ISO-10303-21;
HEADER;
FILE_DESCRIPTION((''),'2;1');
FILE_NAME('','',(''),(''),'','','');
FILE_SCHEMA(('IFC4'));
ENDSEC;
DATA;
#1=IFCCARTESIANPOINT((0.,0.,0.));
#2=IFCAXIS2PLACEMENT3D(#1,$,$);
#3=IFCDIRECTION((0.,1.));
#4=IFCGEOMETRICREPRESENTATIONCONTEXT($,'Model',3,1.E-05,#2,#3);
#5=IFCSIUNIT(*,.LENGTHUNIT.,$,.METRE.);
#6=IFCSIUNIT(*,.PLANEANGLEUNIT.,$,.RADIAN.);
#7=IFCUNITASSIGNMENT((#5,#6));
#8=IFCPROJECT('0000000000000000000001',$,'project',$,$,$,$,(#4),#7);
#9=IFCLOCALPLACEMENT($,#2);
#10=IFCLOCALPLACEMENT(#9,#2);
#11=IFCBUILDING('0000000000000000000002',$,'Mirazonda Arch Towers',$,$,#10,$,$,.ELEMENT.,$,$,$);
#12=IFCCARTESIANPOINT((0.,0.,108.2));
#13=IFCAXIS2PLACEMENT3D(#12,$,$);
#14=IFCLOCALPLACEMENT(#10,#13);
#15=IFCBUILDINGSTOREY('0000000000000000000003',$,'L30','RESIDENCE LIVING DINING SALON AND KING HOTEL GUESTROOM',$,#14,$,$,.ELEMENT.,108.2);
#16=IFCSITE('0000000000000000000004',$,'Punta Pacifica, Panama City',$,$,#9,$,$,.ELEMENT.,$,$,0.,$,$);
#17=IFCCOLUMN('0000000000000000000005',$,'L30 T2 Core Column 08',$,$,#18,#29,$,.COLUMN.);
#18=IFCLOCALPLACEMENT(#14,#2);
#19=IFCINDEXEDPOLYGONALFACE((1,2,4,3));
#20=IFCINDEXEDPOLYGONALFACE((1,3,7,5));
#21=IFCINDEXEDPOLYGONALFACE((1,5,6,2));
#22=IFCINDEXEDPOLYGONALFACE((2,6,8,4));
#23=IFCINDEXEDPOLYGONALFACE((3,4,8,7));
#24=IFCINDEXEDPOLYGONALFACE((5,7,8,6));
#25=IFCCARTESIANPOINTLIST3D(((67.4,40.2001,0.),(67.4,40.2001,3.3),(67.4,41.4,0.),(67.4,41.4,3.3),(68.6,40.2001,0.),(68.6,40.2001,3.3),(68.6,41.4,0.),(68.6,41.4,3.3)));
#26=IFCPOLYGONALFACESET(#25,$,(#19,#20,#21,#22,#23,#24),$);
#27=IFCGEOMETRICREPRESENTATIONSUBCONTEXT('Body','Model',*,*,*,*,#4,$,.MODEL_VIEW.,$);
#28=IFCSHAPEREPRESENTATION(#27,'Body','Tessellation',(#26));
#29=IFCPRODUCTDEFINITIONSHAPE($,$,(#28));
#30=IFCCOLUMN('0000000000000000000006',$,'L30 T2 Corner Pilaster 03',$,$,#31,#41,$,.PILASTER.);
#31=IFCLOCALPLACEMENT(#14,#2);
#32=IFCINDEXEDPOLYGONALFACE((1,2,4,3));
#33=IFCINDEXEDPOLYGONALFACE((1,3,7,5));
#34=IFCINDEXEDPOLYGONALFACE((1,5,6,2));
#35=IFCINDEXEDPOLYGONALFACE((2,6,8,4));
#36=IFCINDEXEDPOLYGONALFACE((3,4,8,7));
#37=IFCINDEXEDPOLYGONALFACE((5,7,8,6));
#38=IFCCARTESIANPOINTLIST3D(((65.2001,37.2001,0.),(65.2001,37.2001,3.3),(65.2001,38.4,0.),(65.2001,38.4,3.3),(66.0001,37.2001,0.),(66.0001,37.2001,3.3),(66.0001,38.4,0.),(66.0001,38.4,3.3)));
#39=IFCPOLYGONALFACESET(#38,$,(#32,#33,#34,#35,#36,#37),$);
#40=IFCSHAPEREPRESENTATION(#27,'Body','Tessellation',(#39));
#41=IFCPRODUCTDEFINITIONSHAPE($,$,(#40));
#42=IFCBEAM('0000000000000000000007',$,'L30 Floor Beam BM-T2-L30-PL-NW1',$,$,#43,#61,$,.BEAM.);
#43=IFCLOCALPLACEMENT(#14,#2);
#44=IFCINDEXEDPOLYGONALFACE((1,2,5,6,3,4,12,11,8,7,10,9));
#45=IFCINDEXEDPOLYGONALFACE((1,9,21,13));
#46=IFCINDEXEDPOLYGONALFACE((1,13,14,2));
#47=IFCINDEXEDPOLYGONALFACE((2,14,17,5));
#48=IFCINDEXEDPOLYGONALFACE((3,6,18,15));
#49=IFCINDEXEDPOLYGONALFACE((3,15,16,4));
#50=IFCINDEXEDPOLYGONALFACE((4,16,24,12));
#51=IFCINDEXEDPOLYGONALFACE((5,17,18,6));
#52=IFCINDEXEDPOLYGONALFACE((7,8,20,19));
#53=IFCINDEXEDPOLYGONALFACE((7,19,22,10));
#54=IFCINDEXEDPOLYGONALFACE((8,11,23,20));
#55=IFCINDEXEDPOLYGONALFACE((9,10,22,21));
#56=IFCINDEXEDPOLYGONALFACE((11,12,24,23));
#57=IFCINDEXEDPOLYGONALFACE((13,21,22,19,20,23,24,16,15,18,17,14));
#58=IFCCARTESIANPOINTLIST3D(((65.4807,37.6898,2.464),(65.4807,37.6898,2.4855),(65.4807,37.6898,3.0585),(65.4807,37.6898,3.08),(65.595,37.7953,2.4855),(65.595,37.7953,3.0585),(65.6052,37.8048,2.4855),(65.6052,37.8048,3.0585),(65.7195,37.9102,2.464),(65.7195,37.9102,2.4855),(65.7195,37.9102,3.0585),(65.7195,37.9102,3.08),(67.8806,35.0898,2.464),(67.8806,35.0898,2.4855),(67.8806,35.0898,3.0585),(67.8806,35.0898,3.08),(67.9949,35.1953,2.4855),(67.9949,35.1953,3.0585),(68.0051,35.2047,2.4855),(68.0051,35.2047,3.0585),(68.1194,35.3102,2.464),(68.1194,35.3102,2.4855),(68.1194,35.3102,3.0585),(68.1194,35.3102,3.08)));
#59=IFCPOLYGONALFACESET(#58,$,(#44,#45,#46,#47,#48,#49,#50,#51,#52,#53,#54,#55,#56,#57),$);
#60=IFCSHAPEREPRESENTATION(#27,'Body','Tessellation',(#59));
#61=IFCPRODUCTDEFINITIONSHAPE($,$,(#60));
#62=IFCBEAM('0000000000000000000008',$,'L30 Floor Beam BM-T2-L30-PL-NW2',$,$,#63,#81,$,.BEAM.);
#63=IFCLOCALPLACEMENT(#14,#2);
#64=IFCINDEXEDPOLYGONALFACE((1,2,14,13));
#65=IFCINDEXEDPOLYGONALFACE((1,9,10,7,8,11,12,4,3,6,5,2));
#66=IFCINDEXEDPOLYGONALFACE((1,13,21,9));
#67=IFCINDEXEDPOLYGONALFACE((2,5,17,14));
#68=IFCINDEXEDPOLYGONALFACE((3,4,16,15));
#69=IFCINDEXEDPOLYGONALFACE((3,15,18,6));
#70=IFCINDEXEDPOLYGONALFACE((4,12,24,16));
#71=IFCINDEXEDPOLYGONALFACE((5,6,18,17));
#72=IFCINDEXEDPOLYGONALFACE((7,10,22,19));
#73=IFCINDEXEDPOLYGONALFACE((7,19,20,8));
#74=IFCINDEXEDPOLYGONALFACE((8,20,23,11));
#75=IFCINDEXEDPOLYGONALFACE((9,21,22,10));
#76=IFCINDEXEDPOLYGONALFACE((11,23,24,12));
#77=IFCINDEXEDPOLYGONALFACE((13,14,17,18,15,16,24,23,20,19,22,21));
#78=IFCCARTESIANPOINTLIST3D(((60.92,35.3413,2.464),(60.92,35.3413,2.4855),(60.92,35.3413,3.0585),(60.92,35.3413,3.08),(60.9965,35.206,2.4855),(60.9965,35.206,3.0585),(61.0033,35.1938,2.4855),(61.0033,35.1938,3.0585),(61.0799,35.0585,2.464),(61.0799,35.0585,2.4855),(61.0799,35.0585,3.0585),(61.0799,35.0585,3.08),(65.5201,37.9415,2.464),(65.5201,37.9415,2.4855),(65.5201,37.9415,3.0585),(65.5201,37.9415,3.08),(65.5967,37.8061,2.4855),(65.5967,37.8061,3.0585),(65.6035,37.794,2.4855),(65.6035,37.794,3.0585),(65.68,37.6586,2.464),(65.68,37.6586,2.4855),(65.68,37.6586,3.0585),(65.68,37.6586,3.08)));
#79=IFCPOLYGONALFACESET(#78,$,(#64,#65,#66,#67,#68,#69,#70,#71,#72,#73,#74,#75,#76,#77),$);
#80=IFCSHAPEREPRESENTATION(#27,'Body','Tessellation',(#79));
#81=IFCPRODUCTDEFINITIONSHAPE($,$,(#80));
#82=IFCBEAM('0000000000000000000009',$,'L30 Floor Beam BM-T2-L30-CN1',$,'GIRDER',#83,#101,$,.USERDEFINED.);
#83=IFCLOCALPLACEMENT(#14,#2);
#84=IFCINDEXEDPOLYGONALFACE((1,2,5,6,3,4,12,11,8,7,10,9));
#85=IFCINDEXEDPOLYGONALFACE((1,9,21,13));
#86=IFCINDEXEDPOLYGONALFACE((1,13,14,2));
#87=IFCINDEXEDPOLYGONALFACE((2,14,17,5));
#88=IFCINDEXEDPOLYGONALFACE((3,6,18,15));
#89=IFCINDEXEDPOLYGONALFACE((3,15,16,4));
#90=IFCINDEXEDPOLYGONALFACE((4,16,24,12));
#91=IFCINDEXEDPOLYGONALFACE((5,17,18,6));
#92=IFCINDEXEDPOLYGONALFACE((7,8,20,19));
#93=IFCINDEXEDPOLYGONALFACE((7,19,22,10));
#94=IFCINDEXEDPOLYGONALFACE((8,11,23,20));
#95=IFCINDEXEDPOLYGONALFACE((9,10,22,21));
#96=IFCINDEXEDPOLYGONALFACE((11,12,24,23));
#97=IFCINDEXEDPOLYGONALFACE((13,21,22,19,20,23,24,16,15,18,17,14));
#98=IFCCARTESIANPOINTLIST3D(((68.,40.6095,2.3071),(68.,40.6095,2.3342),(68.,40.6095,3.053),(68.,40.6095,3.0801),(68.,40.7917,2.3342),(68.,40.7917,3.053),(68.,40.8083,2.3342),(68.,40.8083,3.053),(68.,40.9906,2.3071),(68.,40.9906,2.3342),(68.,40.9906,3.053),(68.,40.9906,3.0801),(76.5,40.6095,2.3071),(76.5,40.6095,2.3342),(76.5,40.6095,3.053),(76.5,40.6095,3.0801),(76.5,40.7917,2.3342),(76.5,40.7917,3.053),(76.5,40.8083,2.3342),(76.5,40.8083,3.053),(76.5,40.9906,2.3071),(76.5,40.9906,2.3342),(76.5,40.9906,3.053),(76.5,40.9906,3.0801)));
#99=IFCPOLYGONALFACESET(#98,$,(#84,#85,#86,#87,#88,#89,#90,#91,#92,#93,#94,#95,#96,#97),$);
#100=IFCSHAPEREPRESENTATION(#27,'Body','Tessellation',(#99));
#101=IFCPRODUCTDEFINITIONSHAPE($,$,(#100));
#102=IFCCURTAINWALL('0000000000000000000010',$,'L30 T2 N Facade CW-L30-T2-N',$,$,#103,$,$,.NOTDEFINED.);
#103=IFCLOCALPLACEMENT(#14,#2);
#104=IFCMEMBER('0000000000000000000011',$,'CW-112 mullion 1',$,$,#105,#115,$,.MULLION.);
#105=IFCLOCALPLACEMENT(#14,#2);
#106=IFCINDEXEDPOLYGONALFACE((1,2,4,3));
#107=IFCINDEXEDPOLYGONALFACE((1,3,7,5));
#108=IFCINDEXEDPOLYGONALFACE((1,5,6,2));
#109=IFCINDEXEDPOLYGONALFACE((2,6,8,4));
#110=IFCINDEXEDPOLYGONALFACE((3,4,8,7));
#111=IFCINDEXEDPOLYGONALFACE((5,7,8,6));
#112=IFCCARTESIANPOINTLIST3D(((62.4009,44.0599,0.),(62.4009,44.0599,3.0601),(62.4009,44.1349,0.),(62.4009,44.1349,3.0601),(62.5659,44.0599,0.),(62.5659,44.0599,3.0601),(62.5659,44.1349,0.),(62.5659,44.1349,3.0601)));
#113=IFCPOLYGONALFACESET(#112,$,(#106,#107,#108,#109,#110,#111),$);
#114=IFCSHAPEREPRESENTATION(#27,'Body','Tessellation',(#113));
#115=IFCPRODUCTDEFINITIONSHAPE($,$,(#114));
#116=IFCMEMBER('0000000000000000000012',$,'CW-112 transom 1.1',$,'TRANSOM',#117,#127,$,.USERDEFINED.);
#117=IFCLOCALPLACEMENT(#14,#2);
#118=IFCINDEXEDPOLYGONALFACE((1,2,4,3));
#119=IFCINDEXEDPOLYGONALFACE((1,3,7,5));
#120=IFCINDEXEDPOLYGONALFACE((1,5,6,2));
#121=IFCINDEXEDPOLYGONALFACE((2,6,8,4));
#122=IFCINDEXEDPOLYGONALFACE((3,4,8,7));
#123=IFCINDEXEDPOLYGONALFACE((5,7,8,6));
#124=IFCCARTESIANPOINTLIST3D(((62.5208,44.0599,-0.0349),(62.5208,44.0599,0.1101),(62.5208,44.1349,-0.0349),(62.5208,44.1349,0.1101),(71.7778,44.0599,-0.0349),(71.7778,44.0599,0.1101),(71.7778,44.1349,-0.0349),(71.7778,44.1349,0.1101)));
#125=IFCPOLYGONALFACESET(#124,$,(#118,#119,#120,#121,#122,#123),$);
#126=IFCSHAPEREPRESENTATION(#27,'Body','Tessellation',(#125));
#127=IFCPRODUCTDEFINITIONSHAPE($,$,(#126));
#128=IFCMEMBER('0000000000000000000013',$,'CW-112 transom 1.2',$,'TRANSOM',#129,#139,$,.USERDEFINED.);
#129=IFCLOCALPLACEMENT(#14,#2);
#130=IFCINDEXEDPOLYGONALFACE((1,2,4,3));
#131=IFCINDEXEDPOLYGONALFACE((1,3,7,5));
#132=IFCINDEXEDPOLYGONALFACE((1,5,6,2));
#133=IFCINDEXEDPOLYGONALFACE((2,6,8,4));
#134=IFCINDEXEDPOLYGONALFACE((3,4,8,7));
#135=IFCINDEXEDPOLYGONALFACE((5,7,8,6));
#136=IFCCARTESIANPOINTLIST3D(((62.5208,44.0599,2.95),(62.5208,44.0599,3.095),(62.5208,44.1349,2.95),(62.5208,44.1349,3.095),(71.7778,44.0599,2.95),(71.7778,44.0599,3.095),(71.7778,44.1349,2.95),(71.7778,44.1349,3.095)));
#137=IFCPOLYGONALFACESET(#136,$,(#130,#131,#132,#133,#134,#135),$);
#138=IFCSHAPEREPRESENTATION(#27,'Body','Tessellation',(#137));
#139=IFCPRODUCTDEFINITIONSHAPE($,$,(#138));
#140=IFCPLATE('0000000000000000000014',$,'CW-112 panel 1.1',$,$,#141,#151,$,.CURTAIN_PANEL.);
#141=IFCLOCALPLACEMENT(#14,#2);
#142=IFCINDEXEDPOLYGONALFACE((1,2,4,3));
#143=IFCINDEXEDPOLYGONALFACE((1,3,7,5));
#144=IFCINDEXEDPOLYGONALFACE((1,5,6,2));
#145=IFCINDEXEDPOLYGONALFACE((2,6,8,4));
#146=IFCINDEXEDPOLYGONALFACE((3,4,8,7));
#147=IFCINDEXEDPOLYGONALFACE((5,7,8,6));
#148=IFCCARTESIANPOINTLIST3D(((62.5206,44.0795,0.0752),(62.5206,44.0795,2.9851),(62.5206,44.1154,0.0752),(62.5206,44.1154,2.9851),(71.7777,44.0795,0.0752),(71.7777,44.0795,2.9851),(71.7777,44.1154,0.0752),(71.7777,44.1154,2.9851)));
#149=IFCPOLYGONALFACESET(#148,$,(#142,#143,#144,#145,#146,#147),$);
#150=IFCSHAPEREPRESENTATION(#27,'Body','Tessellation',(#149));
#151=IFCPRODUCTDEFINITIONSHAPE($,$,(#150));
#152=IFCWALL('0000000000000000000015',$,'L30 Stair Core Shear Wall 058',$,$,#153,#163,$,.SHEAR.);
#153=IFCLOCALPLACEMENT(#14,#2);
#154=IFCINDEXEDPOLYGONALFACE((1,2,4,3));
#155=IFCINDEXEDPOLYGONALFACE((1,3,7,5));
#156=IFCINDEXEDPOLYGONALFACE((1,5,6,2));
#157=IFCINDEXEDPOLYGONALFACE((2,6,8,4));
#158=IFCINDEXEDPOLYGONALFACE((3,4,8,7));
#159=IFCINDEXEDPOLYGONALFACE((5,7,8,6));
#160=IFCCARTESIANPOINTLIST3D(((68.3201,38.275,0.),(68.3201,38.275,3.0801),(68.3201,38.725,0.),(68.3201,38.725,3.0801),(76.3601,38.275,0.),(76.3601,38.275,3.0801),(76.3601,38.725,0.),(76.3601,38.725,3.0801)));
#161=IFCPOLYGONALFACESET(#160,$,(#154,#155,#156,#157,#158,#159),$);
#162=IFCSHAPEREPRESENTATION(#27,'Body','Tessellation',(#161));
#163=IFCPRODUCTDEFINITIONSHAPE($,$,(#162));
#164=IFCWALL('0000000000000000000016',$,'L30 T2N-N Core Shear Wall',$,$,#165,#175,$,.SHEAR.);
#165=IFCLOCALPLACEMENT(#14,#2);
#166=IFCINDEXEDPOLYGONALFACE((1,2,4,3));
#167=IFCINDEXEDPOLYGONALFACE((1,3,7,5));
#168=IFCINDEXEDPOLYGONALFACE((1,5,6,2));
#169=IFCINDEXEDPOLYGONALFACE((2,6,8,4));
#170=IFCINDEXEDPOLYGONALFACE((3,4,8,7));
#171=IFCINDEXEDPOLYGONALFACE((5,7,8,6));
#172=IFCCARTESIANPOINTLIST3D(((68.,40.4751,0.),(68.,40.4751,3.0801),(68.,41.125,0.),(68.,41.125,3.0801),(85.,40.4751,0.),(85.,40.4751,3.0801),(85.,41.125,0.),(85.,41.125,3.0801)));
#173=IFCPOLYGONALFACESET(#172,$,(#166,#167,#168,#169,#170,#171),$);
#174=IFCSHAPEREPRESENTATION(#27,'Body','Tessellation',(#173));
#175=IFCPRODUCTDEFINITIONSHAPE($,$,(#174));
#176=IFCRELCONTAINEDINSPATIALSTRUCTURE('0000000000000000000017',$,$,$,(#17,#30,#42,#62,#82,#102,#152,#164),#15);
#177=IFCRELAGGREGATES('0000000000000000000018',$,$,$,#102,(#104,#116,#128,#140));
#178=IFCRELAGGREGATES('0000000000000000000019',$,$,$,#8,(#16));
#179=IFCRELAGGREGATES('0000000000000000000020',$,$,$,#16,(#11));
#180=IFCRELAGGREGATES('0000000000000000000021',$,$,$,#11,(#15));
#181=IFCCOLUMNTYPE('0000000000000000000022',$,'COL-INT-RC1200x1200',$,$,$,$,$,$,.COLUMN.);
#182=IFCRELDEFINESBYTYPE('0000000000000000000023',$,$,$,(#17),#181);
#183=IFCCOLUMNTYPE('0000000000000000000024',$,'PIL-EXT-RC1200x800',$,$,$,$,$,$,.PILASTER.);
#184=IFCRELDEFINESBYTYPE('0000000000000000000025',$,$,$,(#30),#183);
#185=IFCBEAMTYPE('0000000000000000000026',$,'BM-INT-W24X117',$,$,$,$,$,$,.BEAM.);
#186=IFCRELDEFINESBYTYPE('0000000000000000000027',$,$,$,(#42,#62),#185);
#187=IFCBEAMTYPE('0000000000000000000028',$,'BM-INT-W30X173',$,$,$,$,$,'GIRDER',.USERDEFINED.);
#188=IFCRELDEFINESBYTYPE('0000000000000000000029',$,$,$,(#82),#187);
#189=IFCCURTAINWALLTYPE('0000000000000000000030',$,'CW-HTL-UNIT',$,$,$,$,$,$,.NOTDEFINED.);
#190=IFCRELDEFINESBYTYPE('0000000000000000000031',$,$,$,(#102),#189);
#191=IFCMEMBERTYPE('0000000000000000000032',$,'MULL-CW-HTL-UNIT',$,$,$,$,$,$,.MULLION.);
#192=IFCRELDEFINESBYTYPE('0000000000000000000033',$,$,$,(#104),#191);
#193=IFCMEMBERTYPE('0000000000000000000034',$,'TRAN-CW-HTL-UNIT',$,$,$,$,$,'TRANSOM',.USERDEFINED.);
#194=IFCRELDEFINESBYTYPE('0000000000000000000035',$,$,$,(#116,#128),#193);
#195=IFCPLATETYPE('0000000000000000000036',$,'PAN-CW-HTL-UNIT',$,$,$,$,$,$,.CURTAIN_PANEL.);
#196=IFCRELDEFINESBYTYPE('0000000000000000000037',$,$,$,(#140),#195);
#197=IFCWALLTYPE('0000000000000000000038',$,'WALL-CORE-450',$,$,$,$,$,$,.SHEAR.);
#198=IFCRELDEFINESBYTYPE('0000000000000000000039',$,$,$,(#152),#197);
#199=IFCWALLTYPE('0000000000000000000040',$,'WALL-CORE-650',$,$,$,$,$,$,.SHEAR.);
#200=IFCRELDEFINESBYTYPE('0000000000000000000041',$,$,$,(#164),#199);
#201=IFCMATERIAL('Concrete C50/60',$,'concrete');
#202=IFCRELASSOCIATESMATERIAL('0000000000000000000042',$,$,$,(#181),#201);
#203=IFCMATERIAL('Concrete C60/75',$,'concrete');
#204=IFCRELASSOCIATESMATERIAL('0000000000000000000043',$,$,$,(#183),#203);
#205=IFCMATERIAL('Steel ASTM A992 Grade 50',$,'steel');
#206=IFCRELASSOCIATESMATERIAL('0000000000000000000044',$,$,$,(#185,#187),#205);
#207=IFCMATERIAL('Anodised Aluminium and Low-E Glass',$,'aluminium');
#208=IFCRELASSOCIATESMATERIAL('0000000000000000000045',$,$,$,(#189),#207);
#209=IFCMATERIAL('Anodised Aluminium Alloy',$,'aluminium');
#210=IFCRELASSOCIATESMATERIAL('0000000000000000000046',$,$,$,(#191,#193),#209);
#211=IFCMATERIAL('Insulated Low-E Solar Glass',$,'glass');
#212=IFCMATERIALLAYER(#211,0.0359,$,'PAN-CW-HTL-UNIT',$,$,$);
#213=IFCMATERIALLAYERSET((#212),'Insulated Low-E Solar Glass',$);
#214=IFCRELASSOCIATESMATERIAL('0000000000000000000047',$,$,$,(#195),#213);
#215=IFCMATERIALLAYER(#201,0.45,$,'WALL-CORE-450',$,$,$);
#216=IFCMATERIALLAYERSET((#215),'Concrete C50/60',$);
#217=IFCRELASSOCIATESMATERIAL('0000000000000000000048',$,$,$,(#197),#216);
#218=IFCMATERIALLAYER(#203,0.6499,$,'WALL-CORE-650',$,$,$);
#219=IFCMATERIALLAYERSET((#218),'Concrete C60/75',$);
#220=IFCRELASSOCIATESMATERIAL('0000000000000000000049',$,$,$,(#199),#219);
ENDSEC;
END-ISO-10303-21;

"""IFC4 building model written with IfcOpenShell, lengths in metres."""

from ifc_helpers import new_model, si_unit, direction, frame, frame_2d, origin, origin_2d, place, context, subcontext, project, spatial, rectangle, i_section, extrude, material, layer, layer_set, material_profile, profile_set, type_object, element, aggregate, save


model = new_model("IFC4")

# Units and contexts
model_context = context("Model", 3, precision=1e-05, world=origin(), true_north=direction((0.0, 1.0)))
body_context = subcontext(model_context, "Body", "Model", "MODEL_VIEW")
ifc_project = project(units=[si_unit("LENGTHUNIT", "METRE"), si_unit("PLANEANGLEUNIT", "RADIAN")], contexts=[model_context])

# Site, building, storey
site_placement = place(None, origin())
site = spatial("IfcSite", under=ifc_project, at=site_placement, Name="Punta Pacifica, Panama City", CompositionType="ELEMENT", RefElevation=0.0)
building_placement = place(site_placement, origin())
building = spatial("IfcBuilding", under=site, at=building_placement, Name="Mirazonda Arch Towers", CompositionType="ELEMENT")
storey_placement = place(building_placement, frame((0.0, 0.0, 108.2)))
storey = spatial("IfcBuildingStorey", under=building, at=storey_placement, Name="L30", Description="RESIDENCE LIVING DINING SALON AND KING HOTEL GUESTROOM", CompositionType="ELEMENT", Elevation=108.2)

# Columns
ifc_material_1 = material(Name="Concrete C50/60", Category="concrete")
ifc_material_profile_1 = material_profile(ifc_material_1, rectangle(XDim=1.2, YDim=1.2, at=origin_2d()), Name="RC1200x1200")
ifc_profile_set_1 = profile_set([ifc_material_profile_1], Name="Concrete C50/60")
column_type_1 = type_object("IfcColumnType", Name="COL-INT-RC1200x1200", PredefinedType="COLUMN", material=ifc_profile_set_1)
column_1_placement = place(storey_placement, frame((68.0, 40.8, 0.0), z_axis=(0.0, 0.0, 1.0), x_axis=(1.0, 0.0, 0.0)))
element("IfcColumn", 1, at=column_1_placement, inside=storey, type_object=column_type_1, Name="L30 T2 Core Column 08", PredefinedType="COLUMN", context=body_context, shape_type="SweptSolid", body=[
    extrude(rectangle(XDim=1.2, YDim=1.2, at=origin_2d()), origin(), (0.0, 0.0, 1.0), 3.3),
])
ifc_material_2 = material(Name="Concrete C60/75", Category="concrete")
ifc_material_profile_2 = material_profile(ifc_material_2, rectangle(XDim=0.8, YDim=1.2, at=origin_2d()), Name="RC1200x800")
ifc_profile_set_2 = profile_set([ifc_material_profile_2], Name="Concrete C60/75")
column_type_2 = type_object("IfcColumnType", Name="PIL-EXT-RC1200x800", PredefinedType="PILASTER", material=ifc_profile_set_2)
column_2_placement = place(storey_placement, frame((65.6001, 37.8, 0.0), z_axis=(0.0, 0.0, 1.0), x_axis=(1.0, 0.0, 0.0)))
element("IfcColumn", 2, at=column_2_placement, inside=storey, type_object=column_type_2, Name="L30 T2 Corner Pilaster 03", PredefinedType="PILASTER", context=body_context, shape_type="SweptSolid", body=[
    extrude(rectangle(XDim=0.8, YDim=1.2, at=origin_2d()), origin(), (0.0, 0.0, 1.0), 3.3),
])

# Beams
ifc_material_3 = material(Name="Steel ASTM A992 Grade 50", Category="steel")
ifc_material_profile_3 = material_profile(ifc_material_3, i_section(OverallWidth=0.325, OverallDepth=0.616, WebThickness=0.0139, FlangeThickness=0.0215, at=origin_2d()), Name="W24X117")
ifc_profile_set_3 = profile_set([ifc_material_profile_3], Name="Steel ASTM A992 Grade 50")
beam_type_1 = type_object("IfcBeamType", Name="BM-INT-W24X117", PredefinedType="BEAM", material=ifc_profile_set_3)
beam_1_placement = place(storey_placement, frame((65.6001, 37.8, 2.772), z_axis=(0.678251, -0.73483, 0.0), x_axis=(0.73483, 0.678251, 0.0)))
element("IfcBeam", 3, at=beam_1_placement, inside=storey, type_object=beam_type_1, Name="L30 Floor Beam BM-T2-L30-PL-NW1", PredefinedType="BEAM", context=body_context, shape_type="SweptSolid", body=[
    extrude(i_section(OverallWidth=0.325, OverallDepth=0.616, WebThickness=0.0139, FlangeThickness=0.0215, at=origin_2d()), origin(), (0.0, 0.0, 1.0), 3.5383),
])
beam_2_placement = place(storey_placement, frame((65.6001, 37.8, 2.772), z_axis=(-0.870559, -0.492063, 0.0), x_axis=(0.492063, -0.870559, 0.0)))
element("IfcBeam", 4, at=beam_2_placement, inside=storey, type_object=beam_type_1, Name="L30 Floor Beam BM-T2-L30-PL-NW2", PredefinedType="BEAM", context=body_context, shape_type="SweptSolid", body=[
    extrude(i_section(OverallWidth=0.325, OverallDepth=0.616, WebThickness=0.0139, FlangeThickness=0.0215, at=origin_2d()), origin(), (0.0, 0.0, 1.0), 5.2842),
])
ifc_material_profile_4 = material_profile(ifc_material_3, i_section(OverallWidth=0.3811, OverallDepth=0.7729, WebThickness=0.0166, FlangeThickness=0.0271, at=origin_2d()), Name="W30X173")
ifc_profile_set_4 = profile_set([ifc_material_profile_4], Name="Steel ASTM A992 Grade 50")
beam_type_2 = type_object("IfcBeamType", Name="BM-INT-W30X173", ElementType="GIRDER", PredefinedType="USERDEFINED", material=ifc_profile_set_4)
beam_3_placement = place(storey_placement, frame((68.0, 40.8, 2.6936), z_axis=(1.0, 0.0, 0.0), x_axis=(0.0, 1.0, 0.0)))
element("IfcBeam", 5, at=beam_3_placement, inside=storey, type_object=beam_type_2, Name="L30 Floor Beam BM-T2-L30-CN1", ObjectType="GIRDER", PredefinedType="USERDEFINED", context=body_context, shape_type="SweptSolid", body=[
    extrude(i_section(OverallWidth=0.3811, OverallDepth=0.7729, WebThickness=0.0166, FlangeThickness=0.0271, at=origin_2d()), origin(), (0.0, 0.0, 1.0), 8.5),
])

# Curtain wall, members, plate
ifc_material_4 = material(Name="Anodised Aluminium and Low-E Glass", Category="aluminium")
curtain_wall_type = type_object("IfcCurtainWallType", Name="CW-HTL-UNIT", PredefinedType="NOTDEFINED", material=ifc_material_4)
curtain_wall_placement = place(storey_placement, origin())
curtain_wall = element("IfcCurtainWall", 6, at=curtain_wall_placement, inside=storey, type_object=curtain_wall_type, Name="L30 T2 N Facade CW-L30-T2-N", PredefinedType="NOTDEFINED")
ifc_material_5 = material(Name="Anodised Aluminium Alloy", Category="aluminium")
ifc_material_profile_5 = material_profile(ifc_material_5, rectangle(XDim=0.075, YDim=0.165, at=origin_2d()), Name="ALU-MULL-75x165")
ifc_profile_set_5 = profile_set([ifc_material_profile_5], Name="Anodised Aluminium Alloy")
member_type_1 = type_object("IfcMemberType", Name="MULL-CW-HTL-UNIT", PredefinedType="MULLION", material=ifc_profile_set_5)
member_1_placement = place(storey_placement, frame((62.4834, 44.0974, 0.0), z_axis=(0.0, 0.0, 1.0), x_axis=(0.0, 1.0, 0.0)))
member_1 = element("IfcMember", 7, at=member_1_placement, type_object=member_type_1, Name="CW-112 mullion 1", PredefinedType="MULLION", context=body_context, shape_type="SweptSolid", body=[
    extrude(rectangle(XDim=0.075, YDim=0.165, at=origin_2d()), origin(), (0.0, 0.0, 1.0), 3.0601),
])
ifc_material_profile_6 = material_profile(ifc_material_5, rectangle(XDim=0.075, YDim=0.145, at=origin_2d()), Name="ALU-TRAN-75x145")
ifc_profile_set_6 = profile_set([ifc_material_profile_6], Name="Anodised Aluminium Alloy")
member_type_2 = type_object("IfcMemberType", Name="TRAN-CW-HTL-UNIT", ElementType="TRANSOM", PredefinedType="USERDEFINED", material=ifc_profile_set_6)
member_2_placement = place(storey_placement, frame((62.5208, 44.0974, 0.0376), z_axis=(1.0, 0.0, 0.0), x_axis=(0.0, 1.0, 0.0)))
member_2 = element("IfcMember", 8, at=member_2_placement, type_object=member_type_2, Name="CW-112 transom 1.1", ObjectType="TRANSOM", PredefinedType="USERDEFINED", context=body_context, shape_type="SweptSolid", body=[
    extrude(rectangle(XDim=0.075, YDim=0.145, at=origin_2d()), origin(), (0.0, 0.0, 1.0), 9.2571),
])
member_3_placement = place(storey_placement, frame((62.5208, 44.0974, 3.0225), z_axis=(1.0, 0.0, 0.0), x_axis=(0.0, 1.0, 0.0)))
member_3 = element("IfcMember", 9, at=member_3_placement, type_object=member_type_2, Name="CW-112 transom 1.2", ObjectType="TRANSOM", PredefinedType="USERDEFINED", context=body_context, shape_type="SweptSolid", body=[
    extrude(rectangle(XDim=0.075, YDim=0.145, at=origin_2d()), origin(), (0.0, 0.0, 1.0), 9.2571),
])
ifc_material_6 = material(Name="Insulated Low-E Solar Glass", Category="glass")
ifc_layer_1 = layer(ifc_material_6, 0.0359, Name="PAN-CW-HTL-UNIT")
ifc_layer_set_1 = layer_set([ifc_layer_1], Name="Insulated Low-E Solar Glass")
plate_type = type_object("IfcPlateType", Name="PAN-CW-HTL-UNIT", PredefinedType="CURTAIN_PANEL", material=ifc_layer_set_1)
plate_placement = place(storey_placement, frame((67.1492, 44.0974, 0.0752), z_axis=(0.0, 0.0, 1.0), x_axis=(1.0, 0.0, 0.0)))
plate = element("IfcPlate", 10, at=plate_placement, type_object=plate_type, Name="CW-112 panel 1.1", PredefinedType="CURTAIN_PANEL", context=body_context, shape_type="SweptSolid", body=[
    extrude(rectangle(XDim=9.2571, YDim=0.0359, at=origin_2d()), origin(), (0.0, 0.0, 1.0), 2.9099),
])
aggregate(curtain_wall, [member_1, member_2, member_3, plate])

# Walls
ifc_layer_2 = layer(ifc_material_1, 0.45, Name="WALL-CORE-450")
ifc_layer_set_2 = layer_set([ifc_layer_2], Name="Concrete C50/60")
wall_type_1 = type_object("IfcWallType", Name="WALL-CORE-450", PredefinedType="SHEAR", material=ifc_layer_set_2)
wall_1_placement = place(storey_placement, frame((68.3201, 38.5, 0.0), z_axis=(0.0, 0.0, 1.0), x_axis=(1.0, 0.0, 0.0)))
element("IfcWall", 11, at=wall_1_placement, inside=storey, type_object=wall_type_1, Name="L30 Stair Core Shear Wall 058", PredefinedType="SHEAR", context=body_context, shape_type="SweptSolid", body=[
    extrude(rectangle(XDim=8.04, YDim=0.45, at=frame_2d((4.02, 0.0))), origin(), (0.0, 0.0, 1.0), 3.0801),
])
ifc_layer_3 = layer(ifc_material_2, 0.6499, Name="WALL-CORE-650")
ifc_layer_set_3 = layer_set([ifc_layer_3], Name="Concrete C60/75")
wall_type_2 = type_object("IfcWallType", Name="WALL-CORE-650", PredefinedType="SHEAR", material=ifc_layer_set_3)
wall_2_placement = place(storey_placement, frame((68.0, 40.8, 0.0), z_axis=(0.0, 0.0, 1.0), x_axis=(1.0, 0.0, 0.0)))
element("IfcWall", 12, at=wall_2_placement, inside=storey, type_object=wall_type_2, Name="L30 T2N-N Core Shear Wall", PredefinedType="SHEAR", context=body_context, shape_type="SweptSolid", body=[
    extrude(rectangle(XDim=17.0, YDim=0.6499, at=frame_2d((8.5, 0.0))), origin(), (0.0, 0.0, 1.0), 3.0801),
])

save(model, "model.ifc")
